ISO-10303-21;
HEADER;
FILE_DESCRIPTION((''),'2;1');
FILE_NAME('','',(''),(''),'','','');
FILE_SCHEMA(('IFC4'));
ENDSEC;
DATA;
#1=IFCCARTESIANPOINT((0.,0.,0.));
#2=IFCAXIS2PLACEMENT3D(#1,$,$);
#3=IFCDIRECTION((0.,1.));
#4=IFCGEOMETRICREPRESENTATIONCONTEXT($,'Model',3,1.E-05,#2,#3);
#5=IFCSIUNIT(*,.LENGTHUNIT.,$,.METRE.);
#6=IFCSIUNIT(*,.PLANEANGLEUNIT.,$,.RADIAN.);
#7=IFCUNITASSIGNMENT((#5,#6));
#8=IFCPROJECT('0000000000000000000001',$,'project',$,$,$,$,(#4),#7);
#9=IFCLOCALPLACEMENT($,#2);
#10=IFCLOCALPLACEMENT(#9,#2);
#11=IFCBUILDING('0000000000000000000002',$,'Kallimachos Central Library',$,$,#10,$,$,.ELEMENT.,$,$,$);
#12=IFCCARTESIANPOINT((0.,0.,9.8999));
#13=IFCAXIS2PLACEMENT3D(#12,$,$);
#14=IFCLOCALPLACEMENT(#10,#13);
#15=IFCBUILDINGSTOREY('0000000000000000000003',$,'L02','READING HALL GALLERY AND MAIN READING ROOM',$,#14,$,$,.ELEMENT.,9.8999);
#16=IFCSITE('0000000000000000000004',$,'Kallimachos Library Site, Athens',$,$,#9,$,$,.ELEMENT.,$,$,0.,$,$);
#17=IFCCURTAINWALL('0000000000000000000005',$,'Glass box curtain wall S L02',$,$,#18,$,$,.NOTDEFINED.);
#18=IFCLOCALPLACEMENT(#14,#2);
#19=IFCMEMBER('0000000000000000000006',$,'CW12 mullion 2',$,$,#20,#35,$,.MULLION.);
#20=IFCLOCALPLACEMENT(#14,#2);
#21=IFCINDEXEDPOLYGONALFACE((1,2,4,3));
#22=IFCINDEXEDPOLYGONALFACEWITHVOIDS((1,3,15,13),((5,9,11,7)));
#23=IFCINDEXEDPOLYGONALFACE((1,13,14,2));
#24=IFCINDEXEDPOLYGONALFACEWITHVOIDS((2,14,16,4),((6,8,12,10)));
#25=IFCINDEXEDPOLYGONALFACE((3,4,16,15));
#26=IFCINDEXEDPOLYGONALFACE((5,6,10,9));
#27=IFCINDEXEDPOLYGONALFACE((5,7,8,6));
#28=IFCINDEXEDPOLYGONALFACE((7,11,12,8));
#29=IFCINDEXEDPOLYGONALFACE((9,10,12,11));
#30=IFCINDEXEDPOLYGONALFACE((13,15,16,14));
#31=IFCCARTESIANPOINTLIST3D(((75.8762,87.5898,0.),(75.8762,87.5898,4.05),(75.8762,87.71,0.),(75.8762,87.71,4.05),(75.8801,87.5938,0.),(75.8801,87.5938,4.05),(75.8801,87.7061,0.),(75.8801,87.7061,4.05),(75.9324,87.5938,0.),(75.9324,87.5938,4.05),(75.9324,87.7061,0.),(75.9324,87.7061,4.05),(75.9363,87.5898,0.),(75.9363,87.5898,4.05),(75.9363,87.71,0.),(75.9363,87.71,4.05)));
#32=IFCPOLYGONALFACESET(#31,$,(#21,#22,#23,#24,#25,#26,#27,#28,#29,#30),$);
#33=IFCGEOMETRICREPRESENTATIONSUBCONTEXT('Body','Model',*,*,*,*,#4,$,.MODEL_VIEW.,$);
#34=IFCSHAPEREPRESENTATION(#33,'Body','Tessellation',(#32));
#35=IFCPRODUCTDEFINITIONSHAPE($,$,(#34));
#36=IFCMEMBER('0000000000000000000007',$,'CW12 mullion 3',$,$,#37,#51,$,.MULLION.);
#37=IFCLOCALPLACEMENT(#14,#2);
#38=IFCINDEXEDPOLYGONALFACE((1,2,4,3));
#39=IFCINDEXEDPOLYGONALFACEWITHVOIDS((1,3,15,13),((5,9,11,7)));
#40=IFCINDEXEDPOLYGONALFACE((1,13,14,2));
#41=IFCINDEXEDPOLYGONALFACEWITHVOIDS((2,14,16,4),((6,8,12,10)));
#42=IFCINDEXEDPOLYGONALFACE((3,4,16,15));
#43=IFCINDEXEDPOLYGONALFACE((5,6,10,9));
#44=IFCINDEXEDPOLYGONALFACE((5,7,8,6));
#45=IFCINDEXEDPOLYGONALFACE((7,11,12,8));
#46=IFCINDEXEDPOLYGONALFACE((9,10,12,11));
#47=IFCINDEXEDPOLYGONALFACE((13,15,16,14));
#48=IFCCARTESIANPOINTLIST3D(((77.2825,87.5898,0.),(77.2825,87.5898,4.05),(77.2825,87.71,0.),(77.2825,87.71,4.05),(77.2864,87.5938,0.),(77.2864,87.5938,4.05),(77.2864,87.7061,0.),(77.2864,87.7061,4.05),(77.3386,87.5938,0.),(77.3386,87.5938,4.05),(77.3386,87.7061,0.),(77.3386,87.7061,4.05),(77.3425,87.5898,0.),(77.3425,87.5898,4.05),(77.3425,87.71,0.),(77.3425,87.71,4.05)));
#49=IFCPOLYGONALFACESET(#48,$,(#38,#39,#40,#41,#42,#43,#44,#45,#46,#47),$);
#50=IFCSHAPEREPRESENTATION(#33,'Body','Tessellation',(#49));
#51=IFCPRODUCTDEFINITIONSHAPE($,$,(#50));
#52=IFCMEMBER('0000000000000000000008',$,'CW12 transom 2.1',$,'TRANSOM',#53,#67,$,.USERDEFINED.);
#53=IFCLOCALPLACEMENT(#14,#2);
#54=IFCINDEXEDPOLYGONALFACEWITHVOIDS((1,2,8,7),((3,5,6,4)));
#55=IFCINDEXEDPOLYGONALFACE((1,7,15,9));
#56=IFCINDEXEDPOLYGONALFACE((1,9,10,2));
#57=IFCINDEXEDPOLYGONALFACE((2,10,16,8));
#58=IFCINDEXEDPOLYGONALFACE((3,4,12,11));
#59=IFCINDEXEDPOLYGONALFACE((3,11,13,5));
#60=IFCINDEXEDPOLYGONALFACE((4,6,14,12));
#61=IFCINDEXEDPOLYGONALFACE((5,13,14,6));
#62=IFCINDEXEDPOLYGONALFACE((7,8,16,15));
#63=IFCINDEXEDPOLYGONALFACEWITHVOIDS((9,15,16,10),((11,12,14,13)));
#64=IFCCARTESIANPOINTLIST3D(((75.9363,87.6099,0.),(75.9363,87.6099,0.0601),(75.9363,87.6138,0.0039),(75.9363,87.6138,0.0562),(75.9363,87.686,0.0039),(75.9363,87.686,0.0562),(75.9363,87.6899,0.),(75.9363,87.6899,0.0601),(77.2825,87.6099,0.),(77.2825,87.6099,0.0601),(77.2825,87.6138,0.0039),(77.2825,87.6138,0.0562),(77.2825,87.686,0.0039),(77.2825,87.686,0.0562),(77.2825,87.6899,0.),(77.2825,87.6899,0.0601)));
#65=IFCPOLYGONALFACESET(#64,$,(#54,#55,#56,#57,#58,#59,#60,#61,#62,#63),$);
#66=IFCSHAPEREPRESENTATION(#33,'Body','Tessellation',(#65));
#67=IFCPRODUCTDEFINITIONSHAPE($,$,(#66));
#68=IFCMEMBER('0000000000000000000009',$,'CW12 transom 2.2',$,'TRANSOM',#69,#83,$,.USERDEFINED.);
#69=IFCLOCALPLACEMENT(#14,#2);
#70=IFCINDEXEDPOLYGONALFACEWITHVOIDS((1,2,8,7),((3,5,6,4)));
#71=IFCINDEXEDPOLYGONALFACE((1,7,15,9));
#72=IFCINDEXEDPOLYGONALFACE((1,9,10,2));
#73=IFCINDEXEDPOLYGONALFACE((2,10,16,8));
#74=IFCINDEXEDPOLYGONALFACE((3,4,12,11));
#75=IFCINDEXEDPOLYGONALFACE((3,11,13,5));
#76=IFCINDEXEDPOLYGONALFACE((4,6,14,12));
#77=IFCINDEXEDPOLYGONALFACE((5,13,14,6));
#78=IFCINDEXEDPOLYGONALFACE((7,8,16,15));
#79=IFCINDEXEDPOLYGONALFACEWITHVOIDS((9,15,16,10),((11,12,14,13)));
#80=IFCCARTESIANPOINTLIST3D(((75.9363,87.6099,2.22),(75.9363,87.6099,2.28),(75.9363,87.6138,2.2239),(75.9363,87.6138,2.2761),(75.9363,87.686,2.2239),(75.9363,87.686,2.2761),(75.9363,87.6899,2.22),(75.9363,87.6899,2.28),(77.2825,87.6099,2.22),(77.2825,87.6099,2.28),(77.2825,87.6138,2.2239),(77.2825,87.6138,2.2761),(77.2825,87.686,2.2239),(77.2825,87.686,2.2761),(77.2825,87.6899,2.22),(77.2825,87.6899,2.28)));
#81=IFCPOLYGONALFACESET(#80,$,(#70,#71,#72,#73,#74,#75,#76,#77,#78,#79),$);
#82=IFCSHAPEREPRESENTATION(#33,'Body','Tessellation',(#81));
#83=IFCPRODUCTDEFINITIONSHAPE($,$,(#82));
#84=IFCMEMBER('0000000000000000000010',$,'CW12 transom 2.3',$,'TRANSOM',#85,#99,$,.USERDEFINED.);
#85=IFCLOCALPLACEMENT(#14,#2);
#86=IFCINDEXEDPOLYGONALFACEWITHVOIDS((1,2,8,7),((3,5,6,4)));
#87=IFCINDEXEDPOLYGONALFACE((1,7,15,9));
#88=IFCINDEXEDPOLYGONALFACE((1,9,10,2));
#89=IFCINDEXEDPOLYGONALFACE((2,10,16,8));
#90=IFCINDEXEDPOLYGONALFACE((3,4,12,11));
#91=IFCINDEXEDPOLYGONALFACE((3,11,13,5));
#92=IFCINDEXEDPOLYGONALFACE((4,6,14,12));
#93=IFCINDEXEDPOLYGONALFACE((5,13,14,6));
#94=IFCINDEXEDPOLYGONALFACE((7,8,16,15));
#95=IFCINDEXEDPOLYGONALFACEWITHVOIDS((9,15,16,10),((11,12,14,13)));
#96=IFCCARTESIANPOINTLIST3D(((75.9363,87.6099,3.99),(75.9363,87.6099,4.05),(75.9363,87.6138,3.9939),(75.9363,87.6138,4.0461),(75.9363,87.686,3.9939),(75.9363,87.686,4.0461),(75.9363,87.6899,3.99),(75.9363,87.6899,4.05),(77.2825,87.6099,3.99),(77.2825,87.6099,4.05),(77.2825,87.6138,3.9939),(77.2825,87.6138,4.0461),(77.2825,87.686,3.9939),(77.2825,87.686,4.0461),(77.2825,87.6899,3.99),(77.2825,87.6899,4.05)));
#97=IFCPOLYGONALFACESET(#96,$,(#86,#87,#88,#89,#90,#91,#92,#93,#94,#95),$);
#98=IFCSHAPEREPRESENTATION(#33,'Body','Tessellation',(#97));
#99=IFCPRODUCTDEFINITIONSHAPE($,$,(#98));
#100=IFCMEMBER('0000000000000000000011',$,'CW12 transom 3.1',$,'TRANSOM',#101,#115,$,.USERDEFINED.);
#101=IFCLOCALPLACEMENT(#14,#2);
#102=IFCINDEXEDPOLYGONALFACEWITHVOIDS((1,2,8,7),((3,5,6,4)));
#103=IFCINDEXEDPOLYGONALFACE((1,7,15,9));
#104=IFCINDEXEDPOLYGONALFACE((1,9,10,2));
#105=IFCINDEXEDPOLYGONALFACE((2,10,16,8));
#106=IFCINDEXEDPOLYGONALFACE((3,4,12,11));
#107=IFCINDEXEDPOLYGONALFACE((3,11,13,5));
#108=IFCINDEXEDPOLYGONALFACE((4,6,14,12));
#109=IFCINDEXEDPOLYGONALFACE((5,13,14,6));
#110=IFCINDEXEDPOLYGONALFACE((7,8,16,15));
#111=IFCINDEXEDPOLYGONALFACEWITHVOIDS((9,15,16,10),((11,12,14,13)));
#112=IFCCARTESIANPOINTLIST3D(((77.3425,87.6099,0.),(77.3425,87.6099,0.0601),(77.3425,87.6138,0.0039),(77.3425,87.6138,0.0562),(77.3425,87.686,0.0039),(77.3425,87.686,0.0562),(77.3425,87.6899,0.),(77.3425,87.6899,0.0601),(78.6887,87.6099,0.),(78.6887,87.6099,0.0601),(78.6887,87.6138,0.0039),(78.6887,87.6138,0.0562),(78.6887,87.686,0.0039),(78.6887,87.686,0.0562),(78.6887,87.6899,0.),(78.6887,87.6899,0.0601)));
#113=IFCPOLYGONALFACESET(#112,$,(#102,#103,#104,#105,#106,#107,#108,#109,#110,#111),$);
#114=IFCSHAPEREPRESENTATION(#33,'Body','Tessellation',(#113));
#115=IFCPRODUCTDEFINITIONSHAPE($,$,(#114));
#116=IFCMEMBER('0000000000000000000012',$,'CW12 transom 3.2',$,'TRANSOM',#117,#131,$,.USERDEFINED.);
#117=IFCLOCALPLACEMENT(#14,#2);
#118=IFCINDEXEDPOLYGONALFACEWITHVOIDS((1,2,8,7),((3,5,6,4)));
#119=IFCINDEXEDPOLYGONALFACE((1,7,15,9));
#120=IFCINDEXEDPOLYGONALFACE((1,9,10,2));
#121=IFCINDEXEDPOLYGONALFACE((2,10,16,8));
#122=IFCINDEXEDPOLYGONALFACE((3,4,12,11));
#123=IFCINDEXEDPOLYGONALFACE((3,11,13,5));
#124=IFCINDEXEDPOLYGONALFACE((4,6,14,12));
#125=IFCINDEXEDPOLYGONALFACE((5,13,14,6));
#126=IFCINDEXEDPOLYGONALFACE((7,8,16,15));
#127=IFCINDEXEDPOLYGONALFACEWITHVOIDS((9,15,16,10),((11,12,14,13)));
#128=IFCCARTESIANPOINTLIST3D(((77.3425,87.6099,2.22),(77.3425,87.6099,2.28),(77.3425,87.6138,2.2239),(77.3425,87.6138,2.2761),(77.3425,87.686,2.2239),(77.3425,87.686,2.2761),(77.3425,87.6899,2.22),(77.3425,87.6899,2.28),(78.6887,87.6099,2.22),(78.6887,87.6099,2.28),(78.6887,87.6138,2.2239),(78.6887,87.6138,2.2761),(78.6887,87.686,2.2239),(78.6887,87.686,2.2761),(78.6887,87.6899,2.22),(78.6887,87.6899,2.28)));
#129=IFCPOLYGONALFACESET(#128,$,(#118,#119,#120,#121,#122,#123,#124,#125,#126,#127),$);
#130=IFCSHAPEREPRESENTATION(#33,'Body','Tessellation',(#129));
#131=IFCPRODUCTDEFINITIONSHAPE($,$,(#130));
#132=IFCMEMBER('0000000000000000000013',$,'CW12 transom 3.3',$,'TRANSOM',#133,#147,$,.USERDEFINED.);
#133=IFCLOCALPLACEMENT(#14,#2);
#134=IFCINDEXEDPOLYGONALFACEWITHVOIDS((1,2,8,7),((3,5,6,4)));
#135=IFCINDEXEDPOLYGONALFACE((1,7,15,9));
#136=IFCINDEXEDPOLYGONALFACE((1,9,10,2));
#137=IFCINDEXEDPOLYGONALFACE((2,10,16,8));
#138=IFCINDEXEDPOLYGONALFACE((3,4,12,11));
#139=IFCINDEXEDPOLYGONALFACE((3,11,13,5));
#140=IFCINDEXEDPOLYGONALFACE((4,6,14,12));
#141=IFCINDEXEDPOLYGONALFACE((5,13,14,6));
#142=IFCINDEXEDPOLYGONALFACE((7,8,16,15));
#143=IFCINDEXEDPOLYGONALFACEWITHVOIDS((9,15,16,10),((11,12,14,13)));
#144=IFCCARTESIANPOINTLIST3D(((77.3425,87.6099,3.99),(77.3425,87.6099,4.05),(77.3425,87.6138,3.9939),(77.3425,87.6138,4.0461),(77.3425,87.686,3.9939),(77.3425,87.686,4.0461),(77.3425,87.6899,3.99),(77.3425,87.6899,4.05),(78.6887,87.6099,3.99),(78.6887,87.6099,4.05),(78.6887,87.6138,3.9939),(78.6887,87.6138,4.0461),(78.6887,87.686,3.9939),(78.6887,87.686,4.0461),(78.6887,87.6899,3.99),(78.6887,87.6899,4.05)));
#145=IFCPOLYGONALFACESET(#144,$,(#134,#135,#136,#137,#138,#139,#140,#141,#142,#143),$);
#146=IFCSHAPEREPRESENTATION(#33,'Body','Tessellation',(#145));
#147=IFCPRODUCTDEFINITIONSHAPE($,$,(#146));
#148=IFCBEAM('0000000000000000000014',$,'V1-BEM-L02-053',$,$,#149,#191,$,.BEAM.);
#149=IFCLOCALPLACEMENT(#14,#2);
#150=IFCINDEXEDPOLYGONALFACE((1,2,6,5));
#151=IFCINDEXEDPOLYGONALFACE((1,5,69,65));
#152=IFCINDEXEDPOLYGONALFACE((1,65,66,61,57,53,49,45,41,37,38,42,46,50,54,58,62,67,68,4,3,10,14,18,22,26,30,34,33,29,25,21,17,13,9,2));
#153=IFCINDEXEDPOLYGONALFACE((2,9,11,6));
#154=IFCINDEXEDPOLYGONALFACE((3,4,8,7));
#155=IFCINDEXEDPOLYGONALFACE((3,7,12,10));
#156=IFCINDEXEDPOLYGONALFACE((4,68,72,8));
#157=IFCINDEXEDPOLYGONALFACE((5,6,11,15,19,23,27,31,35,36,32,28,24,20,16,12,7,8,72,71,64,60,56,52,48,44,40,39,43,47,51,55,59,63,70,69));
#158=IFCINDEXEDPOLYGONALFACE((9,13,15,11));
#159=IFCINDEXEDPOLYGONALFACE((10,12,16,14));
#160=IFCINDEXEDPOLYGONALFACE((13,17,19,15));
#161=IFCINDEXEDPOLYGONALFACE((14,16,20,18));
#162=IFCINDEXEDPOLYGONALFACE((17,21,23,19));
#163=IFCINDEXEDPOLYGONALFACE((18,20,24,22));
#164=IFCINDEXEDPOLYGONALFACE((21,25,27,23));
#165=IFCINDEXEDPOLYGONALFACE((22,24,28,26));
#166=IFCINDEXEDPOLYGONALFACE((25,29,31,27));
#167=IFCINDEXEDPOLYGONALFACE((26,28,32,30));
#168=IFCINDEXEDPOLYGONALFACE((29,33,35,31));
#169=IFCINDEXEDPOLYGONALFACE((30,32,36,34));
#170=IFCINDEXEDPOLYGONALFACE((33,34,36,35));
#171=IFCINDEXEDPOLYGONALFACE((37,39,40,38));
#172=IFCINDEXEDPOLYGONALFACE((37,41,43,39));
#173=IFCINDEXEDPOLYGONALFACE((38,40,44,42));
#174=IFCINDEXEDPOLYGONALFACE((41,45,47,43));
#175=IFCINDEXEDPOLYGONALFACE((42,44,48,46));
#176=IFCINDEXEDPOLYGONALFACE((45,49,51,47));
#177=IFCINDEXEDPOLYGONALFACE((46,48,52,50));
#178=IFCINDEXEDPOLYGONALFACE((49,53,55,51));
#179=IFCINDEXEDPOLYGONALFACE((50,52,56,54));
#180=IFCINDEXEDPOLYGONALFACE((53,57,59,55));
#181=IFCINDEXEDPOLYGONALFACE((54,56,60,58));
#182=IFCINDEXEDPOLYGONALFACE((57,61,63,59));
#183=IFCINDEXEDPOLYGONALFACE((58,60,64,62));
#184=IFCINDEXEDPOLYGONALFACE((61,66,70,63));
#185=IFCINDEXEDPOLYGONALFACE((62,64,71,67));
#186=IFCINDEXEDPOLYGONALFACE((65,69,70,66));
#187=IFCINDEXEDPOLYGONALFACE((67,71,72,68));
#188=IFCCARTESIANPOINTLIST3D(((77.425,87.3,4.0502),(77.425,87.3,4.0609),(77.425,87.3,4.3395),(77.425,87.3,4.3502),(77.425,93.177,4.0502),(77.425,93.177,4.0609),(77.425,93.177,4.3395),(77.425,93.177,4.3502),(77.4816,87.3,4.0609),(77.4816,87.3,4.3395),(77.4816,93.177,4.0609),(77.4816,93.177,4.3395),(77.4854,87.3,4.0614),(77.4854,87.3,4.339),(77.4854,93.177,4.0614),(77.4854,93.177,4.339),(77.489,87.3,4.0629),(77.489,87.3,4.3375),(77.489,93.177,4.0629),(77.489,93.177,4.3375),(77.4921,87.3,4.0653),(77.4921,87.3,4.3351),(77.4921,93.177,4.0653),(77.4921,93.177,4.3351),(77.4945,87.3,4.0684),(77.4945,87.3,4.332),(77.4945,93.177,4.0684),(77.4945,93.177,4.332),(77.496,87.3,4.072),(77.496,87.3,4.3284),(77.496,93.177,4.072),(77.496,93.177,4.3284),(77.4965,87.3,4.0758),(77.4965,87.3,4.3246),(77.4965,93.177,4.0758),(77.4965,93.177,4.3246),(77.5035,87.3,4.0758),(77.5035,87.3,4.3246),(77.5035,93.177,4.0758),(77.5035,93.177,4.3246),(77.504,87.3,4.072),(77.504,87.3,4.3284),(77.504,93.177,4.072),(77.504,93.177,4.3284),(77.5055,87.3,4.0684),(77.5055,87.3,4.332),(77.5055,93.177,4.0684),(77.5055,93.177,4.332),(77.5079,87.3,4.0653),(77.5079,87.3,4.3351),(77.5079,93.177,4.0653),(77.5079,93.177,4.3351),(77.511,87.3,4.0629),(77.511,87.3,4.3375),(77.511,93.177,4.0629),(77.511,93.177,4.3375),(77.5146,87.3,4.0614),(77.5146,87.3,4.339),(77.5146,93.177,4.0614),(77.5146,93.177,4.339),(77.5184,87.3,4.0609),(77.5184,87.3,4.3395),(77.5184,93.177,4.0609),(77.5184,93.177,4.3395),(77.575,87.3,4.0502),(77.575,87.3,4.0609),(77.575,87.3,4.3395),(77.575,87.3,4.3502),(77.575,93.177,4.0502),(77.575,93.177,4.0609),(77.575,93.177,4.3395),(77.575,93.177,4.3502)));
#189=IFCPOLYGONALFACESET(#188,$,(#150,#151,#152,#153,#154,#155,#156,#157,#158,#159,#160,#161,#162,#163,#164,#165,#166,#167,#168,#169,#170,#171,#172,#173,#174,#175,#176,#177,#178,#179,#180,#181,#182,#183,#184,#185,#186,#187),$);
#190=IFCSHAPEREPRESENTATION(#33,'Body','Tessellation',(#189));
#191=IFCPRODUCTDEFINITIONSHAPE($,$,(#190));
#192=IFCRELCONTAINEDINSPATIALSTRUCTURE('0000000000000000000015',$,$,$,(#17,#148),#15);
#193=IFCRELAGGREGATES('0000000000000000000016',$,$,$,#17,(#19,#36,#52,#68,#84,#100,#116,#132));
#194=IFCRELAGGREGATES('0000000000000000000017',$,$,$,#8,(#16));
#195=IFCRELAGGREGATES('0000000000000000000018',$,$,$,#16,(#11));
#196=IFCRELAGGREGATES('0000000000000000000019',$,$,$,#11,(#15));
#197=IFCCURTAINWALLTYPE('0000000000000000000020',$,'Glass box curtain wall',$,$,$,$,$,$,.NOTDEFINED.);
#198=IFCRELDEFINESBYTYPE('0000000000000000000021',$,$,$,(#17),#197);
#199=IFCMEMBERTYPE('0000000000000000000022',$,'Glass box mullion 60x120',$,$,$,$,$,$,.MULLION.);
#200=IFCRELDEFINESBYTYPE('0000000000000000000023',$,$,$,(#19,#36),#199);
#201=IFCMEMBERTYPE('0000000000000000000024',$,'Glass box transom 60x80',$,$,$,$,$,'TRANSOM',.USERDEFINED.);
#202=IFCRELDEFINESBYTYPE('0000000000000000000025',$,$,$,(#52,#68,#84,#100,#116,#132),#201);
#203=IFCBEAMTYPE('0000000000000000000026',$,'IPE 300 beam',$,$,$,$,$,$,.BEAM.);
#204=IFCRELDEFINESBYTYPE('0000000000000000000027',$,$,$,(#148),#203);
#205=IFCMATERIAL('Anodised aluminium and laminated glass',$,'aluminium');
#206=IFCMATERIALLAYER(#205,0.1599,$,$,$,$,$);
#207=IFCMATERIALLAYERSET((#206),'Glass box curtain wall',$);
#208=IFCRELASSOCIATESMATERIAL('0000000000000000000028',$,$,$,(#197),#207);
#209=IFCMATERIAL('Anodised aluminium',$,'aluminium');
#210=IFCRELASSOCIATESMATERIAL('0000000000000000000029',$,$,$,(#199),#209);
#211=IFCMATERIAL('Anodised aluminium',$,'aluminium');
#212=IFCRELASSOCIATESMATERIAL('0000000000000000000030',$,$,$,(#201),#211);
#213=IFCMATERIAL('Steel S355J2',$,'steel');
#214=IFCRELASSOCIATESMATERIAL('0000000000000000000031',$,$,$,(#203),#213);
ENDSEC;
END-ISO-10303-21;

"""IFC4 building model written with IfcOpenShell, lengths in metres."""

from ifc_helpers import new_model, si_unit, direction, frame, origin, origin_2d, place, context, subcontext, project, spatial, hollow_rectangle, i_section, extrude, material, layer, layer_set, material_profile, profile_set, type_object, element, aggregate, save


model = new_model("IFC4")

# Units and contexts
model_context = context("Model", 3, precision=1e-05, world=origin(), true_north=direction((0.0, 1.0)))
body_context = subcontext(model_context, "Body", "Model", "MODEL_VIEW")
ifc_project = project(units=[si_unit("LENGTHUNIT", "METRE"), si_unit("PLANEANGLEUNIT", "RADIAN")], contexts=[model_context])

# Site, building, storey
site_placement = place(None, origin())
site = spatial("IfcSite", under=ifc_project, at=site_placement, Name="Kallimachos Library Site, Athens", CompositionType="ELEMENT", RefElevation=0.0)
building_placement = place(site_placement, origin())
building = spatial("IfcBuilding", under=site, at=building_placement, Name="Kallimachos Central Library", CompositionType="ELEMENT")
storey_placement = place(building_placement, frame((0.0, 0.0, 9.8999)))
storey = spatial("IfcBuildingStorey", under=building, at=storey_placement, Name="L02", Description="READING HALL GALLERY AND MAIN READING ROOM", CompositionType="ELEMENT", Elevation=9.8999)

# Curtain wall, members
ifc_material_1 = material(Name="Anodised aluminium and laminated glass", Category="aluminium")
ifc_layer_1 = layer(ifc_material_1, 0.1599)
ifc_layer_set_1 = layer_set([ifc_layer_1], Name="Glass box curtain wall")
curtain_wall_type_1 = type_object("IfcCurtainWallType", Name="Glass box curtain wall", PredefinedType="NOTDEFINED", material=ifc_layer_set_1)
curtain_wall_1_placement = place(storey_placement, origin())
curtain_wall_1 = element("IfcCurtainWall", 1, at=curtain_wall_1_placement, inside=storey, type_object=curtain_wall_type_1, Name="Glass box curtain wall S L02", PredefinedType="NOTDEFINED")
ifc_material_2 = material(Name="Anodised aluminium", Category="aluminium")
ifc_material_profile_1 = material_profile(ifc_material_2, hollow_rectangle(XDim=0.0601, YDim=0.1201, WallThickness=0.0039, at=origin_2d()), Name="ALU MULLION 60x120")
ifc_profile_set_1 = profile_set([ifc_material_profile_1], Name="Anodised aluminium")
member_type_1 = type_object("IfcMemberType", Name="Glass box mullion 60x120", PredefinedType="MULLION", material=ifc_profile_set_1)
member_1_placement = place(storey_placement, frame((75.9062, 87.6499, 0.0), z_axis=(0.0, 0.0, 1.0), x_axis=(1.0, 0.0, 0.0)))
member_1 = element("IfcMember", 2, at=member_1_placement, type_object=member_type_1, Name="CW12 mullion 2", PredefinedType="MULLION", context=body_context, shape_type="SweptSolid", body=[
    extrude(hollow_rectangle(XDim=0.0601, YDim=0.1201, WallThickness=0.0039, at=origin_2d()), origin(), (0.0, 0.0, 1.0), 4.05),
])
member_2_placement = place(storey_placement, frame((77.3125, 87.6499, 0.0), z_axis=(0.0, 0.0, 1.0), x_axis=(1.0, 0.0, 0.0)))
member_2 = element("IfcMember", 3, at=member_2_placement, type_object=member_type_1, Name="CW12 mullion 3", PredefinedType="MULLION", context=body_context, shape_type="SweptSolid", body=[
    extrude(hollow_rectangle(XDim=0.0601, YDim=0.1201, WallThickness=0.0039, at=origin_2d()), origin(), (0.0, 0.0, 1.0), 4.05),
])
ifc_material_3 = material(Name="Anodised aluminium", Category="aluminium")
ifc_material_profile_2 = material_profile(ifc_material_3, hollow_rectangle(XDim=0.0601, YDim=0.0801, WallThickness=0.0039, at=origin_2d()), Name="ALU TRANSOM 60x80")
ifc_profile_set_2 = profile_set([ifc_material_profile_2], Name="Anodised aluminium")
member_type_2 = type_object("IfcMemberType", Name="Glass box transom 60x80", ElementType="TRANSOM", PredefinedType="USERDEFINED", material=ifc_profile_set_2)
member_3_placement = place(storey_placement, frame((75.9363, 87.6499, 0.03), z_axis=(1.0, 0.0, 0.0), x_axis=(0.0, 0.0, 1.0)))
member_3 = element("IfcMember", 4, at=member_3_placement, type_object=member_type_2, Name="CW12 transom 2.1", ObjectType="TRANSOM", PredefinedType="USERDEFINED", context=body_context, shape_type="SweptSolid", body=[
    extrude(hollow_rectangle(XDim=0.0601, YDim=0.0801, WallThickness=0.0039, at=origin_2d()), origin(), (0.0, 0.0, 1.0), 1.3462),
])
member_4_placement = place(storey_placement, frame((75.9363, 87.6499, 2.25), z_axis=(1.0, 0.0, 0.0), x_axis=(0.0, 0.0, 1.0)))
member_4 = element("IfcMember", 5, at=member_4_placement, type_object=member_type_2, Name="CW12 transom 2.2", ObjectType="TRANSOM", PredefinedType="USERDEFINED", context=body_context, shape_type="SweptSolid", body=[
    extrude(hollow_rectangle(XDim=0.0601, YDim=0.0801, WallThickness=0.0039, at=origin_2d()), origin(), (0.0, 0.0, 1.0), 1.3462),
])
member_5_placement = place(storey_placement, frame((75.9363, 87.6499, 4.02), z_axis=(1.0, 0.0, 0.0), x_axis=(0.0, 0.0, 1.0)))
member_5 = element("IfcMember", 6, at=member_5_placement, type_object=member_type_2, Name="CW12 transom 2.3", ObjectType="TRANSOM", PredefinedType="USERDEFINED", context=body_context, shape_type="SweptSolid", body=[
    extrude(hollow_rectangle(XDim=0.0601, YDim=0.0801, WallThickness=0.0039, at=origin_2d()), origin(), (0.0, 0.0, 1.0), 1.3462),
])
member_6_placement = place(storey_placement, frame((77.3425, 87.6499, 0.03), z_axis=(1.0, 0.0, 0.0), x_axis=(0.0, 0.0, 1.0)))
member_6 = element("IfcMember", 7, at=member_6_placement, type_object=member_type_2, Name="CW12 transom 3.1", ObjectType="TRANSOM", PredefinedType="USERDEFINED", context=body_context, shape_type="SweptSolid", body=[
    extrude(hollow_rectangle(XDim=0.0601, YDim=0.0801, WallThickness=0.0039, at=origin_2d()), origin(), (0.0, 0.0, 1.0), 1.3462),
])
member_7_placement = place(storey_placement, frame((77.3425, 87.6499, 2.25), z_axis=(1.0, 0.0, 0.0), x_axis=(0.0, 0.0, 1.0)))
member_7 = element("IfcMember", 8, at=member_7_placement, type_object=member_type_2, Name="CW12 transom 3.2", ObjectType="TRANSOM", PredefinedType="USERDEFINED", context=body_context, shape_type="SweptSolid", body=[
    extrude(hollow_rectangle(XDim=0.0601, YDim=0.0801, WallThickness=0.0039, at=origin_2d()), origin(), (0.0, 0.0, 1.0), 1.3462),
])
member_8_placement = place(storey_placement, frame((77.3425, 87.6499, 4.02), z_axis=(1.0, 0.0, 0.0), x_axis=(0.0, 0.0, 1.0)))
member_8 = element("IfcMember", 9, at=member_8_placement, type_object=member_type_2, Name="CW12 transom 3.3", ObjectType="TRANSOM", PredefinedType="USERDEFINED", context=body_context, shape_type="SweptSolid", body=[
    extrude(hollow_rectangle(XDim=0.0601, YDim=0.0801, WallThickness=0.0039, at=origin_2d()), origin(), (0.0, 0.0, 1.0), 1.3462),
])

# Beam
ifc_material_4 = material(Name="Steel S355J2", Category="steel")
ifc_material_profile_3 = material_profile(ifc_material_4, i_section(OverallWidth=0.1499, OverallDepth=0.3, WebThickness=0.0071, FlangeThickness=0.0107, FilletRadius=0.0149, at=origin_2d()), Name="IPE 300")
ifc_profile_set_3 = profile_set([ifc_material_profile_3], Name="Steel S355J2")
beam_type = type_object("IfcBeamType", Name="IPE 300 beam", PredefinedType="BEAM", material=ifc_profile_set_3)
beam_placement = place(storey_placement, frame((77.5, 87.3, 4.2002), z_axis=(0.0, 1.0, 0.0), x_axis=(-1.0, 0.0, 0.0)))
element("IfcBeam", 10, at=beam_placement, inside=storey, type_object=beam_type, Name="V1-BEM-L02-053", PredefinedType="BEAM", context=body_context, shape_type="SweptSolid", body=[
    extrude(i_section(OverallWidth=0.1499, OverallDepth=0.3, WebThickness=0.0071, FlangeThickness=0.0107, FilletRadius=0.0149, at=origin_2d()), origin(), (0.0, 0.0, 1.0), 5.877),
])

aggregate(curtain_wall_1, [member_1, member_2, member_3, member_4, member_5, member_6, member_7, member_8])

save(model, "model.ifc")
